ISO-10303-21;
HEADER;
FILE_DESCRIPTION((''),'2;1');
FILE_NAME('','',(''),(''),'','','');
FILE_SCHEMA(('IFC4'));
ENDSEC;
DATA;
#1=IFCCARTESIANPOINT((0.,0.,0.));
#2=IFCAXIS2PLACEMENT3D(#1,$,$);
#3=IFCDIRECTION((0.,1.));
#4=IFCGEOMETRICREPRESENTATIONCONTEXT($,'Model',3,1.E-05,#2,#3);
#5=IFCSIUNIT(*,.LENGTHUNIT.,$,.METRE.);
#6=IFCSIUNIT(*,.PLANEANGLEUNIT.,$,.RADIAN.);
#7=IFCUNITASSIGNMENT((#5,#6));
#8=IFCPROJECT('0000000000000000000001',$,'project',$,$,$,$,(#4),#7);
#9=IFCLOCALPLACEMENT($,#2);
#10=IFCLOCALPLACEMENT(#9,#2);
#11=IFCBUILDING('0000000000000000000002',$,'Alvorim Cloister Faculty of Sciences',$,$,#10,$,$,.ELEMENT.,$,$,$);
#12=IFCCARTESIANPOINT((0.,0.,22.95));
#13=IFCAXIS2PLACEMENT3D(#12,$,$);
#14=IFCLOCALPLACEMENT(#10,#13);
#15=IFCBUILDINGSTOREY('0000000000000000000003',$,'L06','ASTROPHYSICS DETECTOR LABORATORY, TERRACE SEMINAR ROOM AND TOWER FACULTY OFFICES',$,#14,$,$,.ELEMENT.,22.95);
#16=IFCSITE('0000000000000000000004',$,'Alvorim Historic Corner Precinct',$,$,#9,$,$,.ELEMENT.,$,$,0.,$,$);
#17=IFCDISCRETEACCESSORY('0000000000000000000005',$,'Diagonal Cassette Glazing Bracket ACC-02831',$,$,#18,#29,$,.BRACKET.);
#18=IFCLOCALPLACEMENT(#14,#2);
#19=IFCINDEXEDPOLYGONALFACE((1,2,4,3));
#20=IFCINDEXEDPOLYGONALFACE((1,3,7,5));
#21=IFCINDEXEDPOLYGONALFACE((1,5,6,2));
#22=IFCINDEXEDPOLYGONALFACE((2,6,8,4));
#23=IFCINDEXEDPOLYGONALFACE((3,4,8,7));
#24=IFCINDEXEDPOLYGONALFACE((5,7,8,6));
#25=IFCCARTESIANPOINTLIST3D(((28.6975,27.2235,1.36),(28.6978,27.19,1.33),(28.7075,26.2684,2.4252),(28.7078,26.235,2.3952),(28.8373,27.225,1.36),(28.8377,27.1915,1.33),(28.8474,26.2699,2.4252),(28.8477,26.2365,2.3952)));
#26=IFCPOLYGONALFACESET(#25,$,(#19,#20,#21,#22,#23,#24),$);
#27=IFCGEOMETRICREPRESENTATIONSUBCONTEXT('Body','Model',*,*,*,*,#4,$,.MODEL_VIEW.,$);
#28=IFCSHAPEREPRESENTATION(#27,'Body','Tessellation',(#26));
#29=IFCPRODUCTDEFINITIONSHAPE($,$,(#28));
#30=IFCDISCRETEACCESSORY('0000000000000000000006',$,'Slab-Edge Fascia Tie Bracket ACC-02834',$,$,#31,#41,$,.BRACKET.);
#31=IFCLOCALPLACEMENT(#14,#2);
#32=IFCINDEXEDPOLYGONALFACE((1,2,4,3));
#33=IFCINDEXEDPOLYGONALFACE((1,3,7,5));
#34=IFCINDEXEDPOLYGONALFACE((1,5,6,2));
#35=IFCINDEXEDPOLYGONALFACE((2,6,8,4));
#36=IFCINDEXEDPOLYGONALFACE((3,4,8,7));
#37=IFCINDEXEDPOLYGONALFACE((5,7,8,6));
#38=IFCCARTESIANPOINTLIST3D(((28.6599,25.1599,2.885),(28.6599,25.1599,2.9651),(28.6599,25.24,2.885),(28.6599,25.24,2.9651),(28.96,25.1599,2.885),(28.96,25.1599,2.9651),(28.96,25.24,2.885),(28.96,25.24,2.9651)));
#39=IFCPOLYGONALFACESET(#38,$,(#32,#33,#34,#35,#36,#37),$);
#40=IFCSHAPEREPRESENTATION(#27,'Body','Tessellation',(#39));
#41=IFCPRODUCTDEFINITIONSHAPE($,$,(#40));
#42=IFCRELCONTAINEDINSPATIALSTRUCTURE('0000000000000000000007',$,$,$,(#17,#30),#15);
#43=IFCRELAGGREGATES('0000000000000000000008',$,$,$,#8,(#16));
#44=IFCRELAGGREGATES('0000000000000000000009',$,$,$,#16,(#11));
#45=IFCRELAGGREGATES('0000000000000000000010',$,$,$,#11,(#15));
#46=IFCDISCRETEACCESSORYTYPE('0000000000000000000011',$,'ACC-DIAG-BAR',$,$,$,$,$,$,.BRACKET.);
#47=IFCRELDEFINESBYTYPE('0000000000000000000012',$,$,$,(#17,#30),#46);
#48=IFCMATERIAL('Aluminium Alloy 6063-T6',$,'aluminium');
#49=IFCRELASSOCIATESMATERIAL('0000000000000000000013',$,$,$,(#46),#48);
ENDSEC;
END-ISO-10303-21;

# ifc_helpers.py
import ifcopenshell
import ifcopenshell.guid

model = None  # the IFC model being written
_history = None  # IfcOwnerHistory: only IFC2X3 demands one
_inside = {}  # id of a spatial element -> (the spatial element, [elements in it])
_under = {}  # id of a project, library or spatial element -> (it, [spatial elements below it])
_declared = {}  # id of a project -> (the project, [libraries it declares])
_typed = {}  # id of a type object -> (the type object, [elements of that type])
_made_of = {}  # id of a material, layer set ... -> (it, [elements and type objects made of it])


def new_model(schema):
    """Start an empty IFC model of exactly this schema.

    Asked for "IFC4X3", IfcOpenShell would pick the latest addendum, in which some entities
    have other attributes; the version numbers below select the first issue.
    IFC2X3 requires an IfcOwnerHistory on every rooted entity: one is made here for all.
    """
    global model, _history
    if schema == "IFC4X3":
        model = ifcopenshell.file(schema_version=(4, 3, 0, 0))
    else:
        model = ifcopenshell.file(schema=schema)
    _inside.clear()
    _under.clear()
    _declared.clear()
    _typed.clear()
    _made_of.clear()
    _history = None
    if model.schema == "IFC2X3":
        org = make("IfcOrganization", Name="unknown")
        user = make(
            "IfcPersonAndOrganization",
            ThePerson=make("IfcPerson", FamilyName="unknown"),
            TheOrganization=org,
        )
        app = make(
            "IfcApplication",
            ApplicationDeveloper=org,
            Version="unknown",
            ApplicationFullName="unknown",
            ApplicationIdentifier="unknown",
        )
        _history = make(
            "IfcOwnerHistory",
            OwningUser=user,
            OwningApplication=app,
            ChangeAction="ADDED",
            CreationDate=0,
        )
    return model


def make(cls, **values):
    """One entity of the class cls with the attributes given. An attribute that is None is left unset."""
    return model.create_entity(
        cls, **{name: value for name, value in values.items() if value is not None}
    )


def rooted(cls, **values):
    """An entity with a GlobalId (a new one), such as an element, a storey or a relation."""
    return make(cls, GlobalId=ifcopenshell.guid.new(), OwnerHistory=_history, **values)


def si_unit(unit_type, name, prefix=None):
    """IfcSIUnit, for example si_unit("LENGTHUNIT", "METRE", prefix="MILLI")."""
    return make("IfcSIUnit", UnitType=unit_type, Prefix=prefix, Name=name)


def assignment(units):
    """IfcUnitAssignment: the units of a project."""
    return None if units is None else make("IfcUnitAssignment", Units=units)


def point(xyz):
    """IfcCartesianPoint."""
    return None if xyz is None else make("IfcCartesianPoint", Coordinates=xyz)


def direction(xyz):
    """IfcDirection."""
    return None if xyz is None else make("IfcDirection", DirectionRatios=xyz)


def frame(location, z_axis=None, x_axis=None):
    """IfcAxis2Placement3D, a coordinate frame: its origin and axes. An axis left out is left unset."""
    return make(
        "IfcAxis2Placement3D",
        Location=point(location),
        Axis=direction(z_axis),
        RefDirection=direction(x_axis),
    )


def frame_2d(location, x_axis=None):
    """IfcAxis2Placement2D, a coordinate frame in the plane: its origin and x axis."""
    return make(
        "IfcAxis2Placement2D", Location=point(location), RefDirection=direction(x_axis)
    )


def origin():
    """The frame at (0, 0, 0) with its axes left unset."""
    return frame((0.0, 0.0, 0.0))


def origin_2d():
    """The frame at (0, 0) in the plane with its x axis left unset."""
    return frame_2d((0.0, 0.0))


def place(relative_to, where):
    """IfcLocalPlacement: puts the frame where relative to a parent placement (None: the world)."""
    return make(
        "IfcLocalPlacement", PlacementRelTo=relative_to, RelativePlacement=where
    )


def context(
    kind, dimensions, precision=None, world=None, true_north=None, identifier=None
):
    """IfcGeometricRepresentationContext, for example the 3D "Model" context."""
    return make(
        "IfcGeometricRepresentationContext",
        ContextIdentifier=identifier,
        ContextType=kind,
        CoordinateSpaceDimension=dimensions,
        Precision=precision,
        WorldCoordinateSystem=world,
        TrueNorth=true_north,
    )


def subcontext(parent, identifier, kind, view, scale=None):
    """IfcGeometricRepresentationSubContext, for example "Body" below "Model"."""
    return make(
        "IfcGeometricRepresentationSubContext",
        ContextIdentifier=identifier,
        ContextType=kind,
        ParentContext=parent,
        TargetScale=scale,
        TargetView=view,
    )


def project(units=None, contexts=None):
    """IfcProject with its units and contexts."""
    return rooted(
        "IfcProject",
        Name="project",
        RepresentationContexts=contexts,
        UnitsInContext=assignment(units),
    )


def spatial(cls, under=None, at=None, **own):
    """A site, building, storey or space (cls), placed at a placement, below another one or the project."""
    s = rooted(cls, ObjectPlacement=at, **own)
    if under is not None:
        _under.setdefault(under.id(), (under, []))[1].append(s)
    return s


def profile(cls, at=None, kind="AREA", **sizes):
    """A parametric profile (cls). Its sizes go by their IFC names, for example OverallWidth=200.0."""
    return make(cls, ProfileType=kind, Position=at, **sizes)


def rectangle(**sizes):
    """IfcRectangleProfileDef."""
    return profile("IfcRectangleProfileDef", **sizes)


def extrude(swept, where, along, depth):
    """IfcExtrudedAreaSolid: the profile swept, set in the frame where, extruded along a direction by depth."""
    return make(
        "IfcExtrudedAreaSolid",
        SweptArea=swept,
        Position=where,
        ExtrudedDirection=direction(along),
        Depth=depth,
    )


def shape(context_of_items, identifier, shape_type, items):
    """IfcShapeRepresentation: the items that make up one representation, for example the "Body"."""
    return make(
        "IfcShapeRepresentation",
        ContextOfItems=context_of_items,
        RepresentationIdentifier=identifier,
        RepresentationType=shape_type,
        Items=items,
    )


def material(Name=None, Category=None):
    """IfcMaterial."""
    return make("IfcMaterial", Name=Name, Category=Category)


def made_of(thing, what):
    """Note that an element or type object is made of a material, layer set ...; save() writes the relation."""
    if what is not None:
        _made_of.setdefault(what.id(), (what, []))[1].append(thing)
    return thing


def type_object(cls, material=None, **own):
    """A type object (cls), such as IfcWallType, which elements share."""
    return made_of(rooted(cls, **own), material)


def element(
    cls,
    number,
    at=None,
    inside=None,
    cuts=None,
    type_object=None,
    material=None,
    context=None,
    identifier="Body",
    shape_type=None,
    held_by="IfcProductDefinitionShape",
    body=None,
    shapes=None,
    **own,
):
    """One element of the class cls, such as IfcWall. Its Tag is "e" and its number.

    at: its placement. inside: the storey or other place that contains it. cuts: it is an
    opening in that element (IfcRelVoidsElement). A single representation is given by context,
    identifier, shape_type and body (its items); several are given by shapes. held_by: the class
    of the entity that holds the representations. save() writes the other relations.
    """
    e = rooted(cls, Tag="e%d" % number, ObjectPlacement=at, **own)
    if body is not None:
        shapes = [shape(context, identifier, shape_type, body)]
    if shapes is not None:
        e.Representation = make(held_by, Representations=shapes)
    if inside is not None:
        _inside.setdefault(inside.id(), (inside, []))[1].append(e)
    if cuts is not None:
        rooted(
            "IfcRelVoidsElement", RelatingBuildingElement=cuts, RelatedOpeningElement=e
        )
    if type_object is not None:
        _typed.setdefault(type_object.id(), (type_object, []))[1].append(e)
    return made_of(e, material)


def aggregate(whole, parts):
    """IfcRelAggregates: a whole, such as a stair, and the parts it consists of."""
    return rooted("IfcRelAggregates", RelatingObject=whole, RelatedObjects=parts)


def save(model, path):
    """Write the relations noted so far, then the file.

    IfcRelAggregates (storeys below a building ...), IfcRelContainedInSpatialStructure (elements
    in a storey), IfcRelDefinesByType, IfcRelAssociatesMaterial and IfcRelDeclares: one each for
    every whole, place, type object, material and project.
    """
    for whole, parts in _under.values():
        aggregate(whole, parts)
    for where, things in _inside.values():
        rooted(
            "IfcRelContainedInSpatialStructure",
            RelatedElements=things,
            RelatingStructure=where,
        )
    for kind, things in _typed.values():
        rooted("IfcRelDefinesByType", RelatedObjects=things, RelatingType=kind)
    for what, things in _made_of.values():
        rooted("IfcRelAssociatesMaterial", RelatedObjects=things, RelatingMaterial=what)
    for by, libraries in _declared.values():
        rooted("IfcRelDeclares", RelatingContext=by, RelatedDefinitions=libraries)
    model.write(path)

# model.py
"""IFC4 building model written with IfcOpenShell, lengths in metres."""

from ifc_helpers import new_model, si_unit, direction, frame, origin, origin_2d, place, context, subcontext, project, spatial, rectangle, extrude, material, type_object, element, save


model = new_model("IFC4")

# Units and contexts
model_context = context("Model", 3, precision=1e-05, world=origin(), true_north=direction((0.0, 1.0)))
body_context = subcontext(model_context, "Body", "Model", "MODEL_VIEW")
ifc_project = project(units=[si_unit("LENGTHUNIT", "METRE"), si_unit("PLANEANGLEUNIT", "RADIAN")], contexts=[model_context])

# Site, building, storey
site_placement = place(None, origin())
site = spatial("IfcSite", under=ifc_project, at=site_placement, Name="Alvorim Historic Corner Precinct", CompositionType="ELEMENT", RefElevation=0.0)
building_placement = place(site_placement, origin())
building = spatial("IfcBuilding", under=site, at=building_placement, Name="Alvorim Cloister Faculty of Sciences", CompositionType="ELEMENT")
storey_placement = place(building_placement, frame((0.0, 0.0, 22.95)))
storey = spatial("IfcBuildingStorey", under=building, at=storey_placement, Name="L06", Description="ASTROPHYSICS DETECTOR LABORATORY, TERRACE SEMINAR ROOM AND TOWER FACULTY OFFICES", CompositionType="ELEMENT", Elevation=22.95)

# Shared definitions
ifc_material_1 = material(Name="Aluminium Alloy 6063-T6", Category="aluminium")

# Discrete accessories
discrete_accessory_type = type_object("IfcDiscreteAccessoryType", Name="ACC-DIAG-BAR", PredefinedType="BRACKET", material=ifc_material_1)
discrete_accessory_1_placement = place(storey_placement, frame((28.7776, 26.2524, 2.4102), z_axis=(-0.006996, 0.667561, -0.744522), x_axis=(-0.999945, -0.01048, 0.0)))
element("IfcDiscreteAccessory", 1, at=discrete_accessory_1_placement, inside=storey, type_object=discrete_accessory_type, Name="Diagonal Cassette Glazing Bracket ACC-02831", PredefinedType="BRACKET", context=body_context, shape_type="SweptSolid", body=[
    extrude(rectangle(XDim=0.1399, YDim=0.0449, at=origin_2d()), origin(), (0.0, 0.0, 1.0), 1.4307),
])
discrete_accessory_2_placement = place(storey_placement, frame((28.6599, 25.2, 2.925), z_axis=(1.0, 0.0, 0.0), x_axis=(0.0, 1.0, 0.0)))
element("IfcDiscreteAccessory", 2, at=discrete_accessory_2_placement, inside=storey, type_object=discrete_accessory_type, Name="Slab-Edge Fascia Tie Bracket ACC-02834", PredefinedType="BRACKET", context=body_context, shape_type="SweptSolid", body=[
    extrude(rectangle(XDim=0.0801, YDim=0.0801, at=origin_2d()), origin(), (0.0, 0.0, 1.0), 0.3),
])

save(model, "model.ifc")
